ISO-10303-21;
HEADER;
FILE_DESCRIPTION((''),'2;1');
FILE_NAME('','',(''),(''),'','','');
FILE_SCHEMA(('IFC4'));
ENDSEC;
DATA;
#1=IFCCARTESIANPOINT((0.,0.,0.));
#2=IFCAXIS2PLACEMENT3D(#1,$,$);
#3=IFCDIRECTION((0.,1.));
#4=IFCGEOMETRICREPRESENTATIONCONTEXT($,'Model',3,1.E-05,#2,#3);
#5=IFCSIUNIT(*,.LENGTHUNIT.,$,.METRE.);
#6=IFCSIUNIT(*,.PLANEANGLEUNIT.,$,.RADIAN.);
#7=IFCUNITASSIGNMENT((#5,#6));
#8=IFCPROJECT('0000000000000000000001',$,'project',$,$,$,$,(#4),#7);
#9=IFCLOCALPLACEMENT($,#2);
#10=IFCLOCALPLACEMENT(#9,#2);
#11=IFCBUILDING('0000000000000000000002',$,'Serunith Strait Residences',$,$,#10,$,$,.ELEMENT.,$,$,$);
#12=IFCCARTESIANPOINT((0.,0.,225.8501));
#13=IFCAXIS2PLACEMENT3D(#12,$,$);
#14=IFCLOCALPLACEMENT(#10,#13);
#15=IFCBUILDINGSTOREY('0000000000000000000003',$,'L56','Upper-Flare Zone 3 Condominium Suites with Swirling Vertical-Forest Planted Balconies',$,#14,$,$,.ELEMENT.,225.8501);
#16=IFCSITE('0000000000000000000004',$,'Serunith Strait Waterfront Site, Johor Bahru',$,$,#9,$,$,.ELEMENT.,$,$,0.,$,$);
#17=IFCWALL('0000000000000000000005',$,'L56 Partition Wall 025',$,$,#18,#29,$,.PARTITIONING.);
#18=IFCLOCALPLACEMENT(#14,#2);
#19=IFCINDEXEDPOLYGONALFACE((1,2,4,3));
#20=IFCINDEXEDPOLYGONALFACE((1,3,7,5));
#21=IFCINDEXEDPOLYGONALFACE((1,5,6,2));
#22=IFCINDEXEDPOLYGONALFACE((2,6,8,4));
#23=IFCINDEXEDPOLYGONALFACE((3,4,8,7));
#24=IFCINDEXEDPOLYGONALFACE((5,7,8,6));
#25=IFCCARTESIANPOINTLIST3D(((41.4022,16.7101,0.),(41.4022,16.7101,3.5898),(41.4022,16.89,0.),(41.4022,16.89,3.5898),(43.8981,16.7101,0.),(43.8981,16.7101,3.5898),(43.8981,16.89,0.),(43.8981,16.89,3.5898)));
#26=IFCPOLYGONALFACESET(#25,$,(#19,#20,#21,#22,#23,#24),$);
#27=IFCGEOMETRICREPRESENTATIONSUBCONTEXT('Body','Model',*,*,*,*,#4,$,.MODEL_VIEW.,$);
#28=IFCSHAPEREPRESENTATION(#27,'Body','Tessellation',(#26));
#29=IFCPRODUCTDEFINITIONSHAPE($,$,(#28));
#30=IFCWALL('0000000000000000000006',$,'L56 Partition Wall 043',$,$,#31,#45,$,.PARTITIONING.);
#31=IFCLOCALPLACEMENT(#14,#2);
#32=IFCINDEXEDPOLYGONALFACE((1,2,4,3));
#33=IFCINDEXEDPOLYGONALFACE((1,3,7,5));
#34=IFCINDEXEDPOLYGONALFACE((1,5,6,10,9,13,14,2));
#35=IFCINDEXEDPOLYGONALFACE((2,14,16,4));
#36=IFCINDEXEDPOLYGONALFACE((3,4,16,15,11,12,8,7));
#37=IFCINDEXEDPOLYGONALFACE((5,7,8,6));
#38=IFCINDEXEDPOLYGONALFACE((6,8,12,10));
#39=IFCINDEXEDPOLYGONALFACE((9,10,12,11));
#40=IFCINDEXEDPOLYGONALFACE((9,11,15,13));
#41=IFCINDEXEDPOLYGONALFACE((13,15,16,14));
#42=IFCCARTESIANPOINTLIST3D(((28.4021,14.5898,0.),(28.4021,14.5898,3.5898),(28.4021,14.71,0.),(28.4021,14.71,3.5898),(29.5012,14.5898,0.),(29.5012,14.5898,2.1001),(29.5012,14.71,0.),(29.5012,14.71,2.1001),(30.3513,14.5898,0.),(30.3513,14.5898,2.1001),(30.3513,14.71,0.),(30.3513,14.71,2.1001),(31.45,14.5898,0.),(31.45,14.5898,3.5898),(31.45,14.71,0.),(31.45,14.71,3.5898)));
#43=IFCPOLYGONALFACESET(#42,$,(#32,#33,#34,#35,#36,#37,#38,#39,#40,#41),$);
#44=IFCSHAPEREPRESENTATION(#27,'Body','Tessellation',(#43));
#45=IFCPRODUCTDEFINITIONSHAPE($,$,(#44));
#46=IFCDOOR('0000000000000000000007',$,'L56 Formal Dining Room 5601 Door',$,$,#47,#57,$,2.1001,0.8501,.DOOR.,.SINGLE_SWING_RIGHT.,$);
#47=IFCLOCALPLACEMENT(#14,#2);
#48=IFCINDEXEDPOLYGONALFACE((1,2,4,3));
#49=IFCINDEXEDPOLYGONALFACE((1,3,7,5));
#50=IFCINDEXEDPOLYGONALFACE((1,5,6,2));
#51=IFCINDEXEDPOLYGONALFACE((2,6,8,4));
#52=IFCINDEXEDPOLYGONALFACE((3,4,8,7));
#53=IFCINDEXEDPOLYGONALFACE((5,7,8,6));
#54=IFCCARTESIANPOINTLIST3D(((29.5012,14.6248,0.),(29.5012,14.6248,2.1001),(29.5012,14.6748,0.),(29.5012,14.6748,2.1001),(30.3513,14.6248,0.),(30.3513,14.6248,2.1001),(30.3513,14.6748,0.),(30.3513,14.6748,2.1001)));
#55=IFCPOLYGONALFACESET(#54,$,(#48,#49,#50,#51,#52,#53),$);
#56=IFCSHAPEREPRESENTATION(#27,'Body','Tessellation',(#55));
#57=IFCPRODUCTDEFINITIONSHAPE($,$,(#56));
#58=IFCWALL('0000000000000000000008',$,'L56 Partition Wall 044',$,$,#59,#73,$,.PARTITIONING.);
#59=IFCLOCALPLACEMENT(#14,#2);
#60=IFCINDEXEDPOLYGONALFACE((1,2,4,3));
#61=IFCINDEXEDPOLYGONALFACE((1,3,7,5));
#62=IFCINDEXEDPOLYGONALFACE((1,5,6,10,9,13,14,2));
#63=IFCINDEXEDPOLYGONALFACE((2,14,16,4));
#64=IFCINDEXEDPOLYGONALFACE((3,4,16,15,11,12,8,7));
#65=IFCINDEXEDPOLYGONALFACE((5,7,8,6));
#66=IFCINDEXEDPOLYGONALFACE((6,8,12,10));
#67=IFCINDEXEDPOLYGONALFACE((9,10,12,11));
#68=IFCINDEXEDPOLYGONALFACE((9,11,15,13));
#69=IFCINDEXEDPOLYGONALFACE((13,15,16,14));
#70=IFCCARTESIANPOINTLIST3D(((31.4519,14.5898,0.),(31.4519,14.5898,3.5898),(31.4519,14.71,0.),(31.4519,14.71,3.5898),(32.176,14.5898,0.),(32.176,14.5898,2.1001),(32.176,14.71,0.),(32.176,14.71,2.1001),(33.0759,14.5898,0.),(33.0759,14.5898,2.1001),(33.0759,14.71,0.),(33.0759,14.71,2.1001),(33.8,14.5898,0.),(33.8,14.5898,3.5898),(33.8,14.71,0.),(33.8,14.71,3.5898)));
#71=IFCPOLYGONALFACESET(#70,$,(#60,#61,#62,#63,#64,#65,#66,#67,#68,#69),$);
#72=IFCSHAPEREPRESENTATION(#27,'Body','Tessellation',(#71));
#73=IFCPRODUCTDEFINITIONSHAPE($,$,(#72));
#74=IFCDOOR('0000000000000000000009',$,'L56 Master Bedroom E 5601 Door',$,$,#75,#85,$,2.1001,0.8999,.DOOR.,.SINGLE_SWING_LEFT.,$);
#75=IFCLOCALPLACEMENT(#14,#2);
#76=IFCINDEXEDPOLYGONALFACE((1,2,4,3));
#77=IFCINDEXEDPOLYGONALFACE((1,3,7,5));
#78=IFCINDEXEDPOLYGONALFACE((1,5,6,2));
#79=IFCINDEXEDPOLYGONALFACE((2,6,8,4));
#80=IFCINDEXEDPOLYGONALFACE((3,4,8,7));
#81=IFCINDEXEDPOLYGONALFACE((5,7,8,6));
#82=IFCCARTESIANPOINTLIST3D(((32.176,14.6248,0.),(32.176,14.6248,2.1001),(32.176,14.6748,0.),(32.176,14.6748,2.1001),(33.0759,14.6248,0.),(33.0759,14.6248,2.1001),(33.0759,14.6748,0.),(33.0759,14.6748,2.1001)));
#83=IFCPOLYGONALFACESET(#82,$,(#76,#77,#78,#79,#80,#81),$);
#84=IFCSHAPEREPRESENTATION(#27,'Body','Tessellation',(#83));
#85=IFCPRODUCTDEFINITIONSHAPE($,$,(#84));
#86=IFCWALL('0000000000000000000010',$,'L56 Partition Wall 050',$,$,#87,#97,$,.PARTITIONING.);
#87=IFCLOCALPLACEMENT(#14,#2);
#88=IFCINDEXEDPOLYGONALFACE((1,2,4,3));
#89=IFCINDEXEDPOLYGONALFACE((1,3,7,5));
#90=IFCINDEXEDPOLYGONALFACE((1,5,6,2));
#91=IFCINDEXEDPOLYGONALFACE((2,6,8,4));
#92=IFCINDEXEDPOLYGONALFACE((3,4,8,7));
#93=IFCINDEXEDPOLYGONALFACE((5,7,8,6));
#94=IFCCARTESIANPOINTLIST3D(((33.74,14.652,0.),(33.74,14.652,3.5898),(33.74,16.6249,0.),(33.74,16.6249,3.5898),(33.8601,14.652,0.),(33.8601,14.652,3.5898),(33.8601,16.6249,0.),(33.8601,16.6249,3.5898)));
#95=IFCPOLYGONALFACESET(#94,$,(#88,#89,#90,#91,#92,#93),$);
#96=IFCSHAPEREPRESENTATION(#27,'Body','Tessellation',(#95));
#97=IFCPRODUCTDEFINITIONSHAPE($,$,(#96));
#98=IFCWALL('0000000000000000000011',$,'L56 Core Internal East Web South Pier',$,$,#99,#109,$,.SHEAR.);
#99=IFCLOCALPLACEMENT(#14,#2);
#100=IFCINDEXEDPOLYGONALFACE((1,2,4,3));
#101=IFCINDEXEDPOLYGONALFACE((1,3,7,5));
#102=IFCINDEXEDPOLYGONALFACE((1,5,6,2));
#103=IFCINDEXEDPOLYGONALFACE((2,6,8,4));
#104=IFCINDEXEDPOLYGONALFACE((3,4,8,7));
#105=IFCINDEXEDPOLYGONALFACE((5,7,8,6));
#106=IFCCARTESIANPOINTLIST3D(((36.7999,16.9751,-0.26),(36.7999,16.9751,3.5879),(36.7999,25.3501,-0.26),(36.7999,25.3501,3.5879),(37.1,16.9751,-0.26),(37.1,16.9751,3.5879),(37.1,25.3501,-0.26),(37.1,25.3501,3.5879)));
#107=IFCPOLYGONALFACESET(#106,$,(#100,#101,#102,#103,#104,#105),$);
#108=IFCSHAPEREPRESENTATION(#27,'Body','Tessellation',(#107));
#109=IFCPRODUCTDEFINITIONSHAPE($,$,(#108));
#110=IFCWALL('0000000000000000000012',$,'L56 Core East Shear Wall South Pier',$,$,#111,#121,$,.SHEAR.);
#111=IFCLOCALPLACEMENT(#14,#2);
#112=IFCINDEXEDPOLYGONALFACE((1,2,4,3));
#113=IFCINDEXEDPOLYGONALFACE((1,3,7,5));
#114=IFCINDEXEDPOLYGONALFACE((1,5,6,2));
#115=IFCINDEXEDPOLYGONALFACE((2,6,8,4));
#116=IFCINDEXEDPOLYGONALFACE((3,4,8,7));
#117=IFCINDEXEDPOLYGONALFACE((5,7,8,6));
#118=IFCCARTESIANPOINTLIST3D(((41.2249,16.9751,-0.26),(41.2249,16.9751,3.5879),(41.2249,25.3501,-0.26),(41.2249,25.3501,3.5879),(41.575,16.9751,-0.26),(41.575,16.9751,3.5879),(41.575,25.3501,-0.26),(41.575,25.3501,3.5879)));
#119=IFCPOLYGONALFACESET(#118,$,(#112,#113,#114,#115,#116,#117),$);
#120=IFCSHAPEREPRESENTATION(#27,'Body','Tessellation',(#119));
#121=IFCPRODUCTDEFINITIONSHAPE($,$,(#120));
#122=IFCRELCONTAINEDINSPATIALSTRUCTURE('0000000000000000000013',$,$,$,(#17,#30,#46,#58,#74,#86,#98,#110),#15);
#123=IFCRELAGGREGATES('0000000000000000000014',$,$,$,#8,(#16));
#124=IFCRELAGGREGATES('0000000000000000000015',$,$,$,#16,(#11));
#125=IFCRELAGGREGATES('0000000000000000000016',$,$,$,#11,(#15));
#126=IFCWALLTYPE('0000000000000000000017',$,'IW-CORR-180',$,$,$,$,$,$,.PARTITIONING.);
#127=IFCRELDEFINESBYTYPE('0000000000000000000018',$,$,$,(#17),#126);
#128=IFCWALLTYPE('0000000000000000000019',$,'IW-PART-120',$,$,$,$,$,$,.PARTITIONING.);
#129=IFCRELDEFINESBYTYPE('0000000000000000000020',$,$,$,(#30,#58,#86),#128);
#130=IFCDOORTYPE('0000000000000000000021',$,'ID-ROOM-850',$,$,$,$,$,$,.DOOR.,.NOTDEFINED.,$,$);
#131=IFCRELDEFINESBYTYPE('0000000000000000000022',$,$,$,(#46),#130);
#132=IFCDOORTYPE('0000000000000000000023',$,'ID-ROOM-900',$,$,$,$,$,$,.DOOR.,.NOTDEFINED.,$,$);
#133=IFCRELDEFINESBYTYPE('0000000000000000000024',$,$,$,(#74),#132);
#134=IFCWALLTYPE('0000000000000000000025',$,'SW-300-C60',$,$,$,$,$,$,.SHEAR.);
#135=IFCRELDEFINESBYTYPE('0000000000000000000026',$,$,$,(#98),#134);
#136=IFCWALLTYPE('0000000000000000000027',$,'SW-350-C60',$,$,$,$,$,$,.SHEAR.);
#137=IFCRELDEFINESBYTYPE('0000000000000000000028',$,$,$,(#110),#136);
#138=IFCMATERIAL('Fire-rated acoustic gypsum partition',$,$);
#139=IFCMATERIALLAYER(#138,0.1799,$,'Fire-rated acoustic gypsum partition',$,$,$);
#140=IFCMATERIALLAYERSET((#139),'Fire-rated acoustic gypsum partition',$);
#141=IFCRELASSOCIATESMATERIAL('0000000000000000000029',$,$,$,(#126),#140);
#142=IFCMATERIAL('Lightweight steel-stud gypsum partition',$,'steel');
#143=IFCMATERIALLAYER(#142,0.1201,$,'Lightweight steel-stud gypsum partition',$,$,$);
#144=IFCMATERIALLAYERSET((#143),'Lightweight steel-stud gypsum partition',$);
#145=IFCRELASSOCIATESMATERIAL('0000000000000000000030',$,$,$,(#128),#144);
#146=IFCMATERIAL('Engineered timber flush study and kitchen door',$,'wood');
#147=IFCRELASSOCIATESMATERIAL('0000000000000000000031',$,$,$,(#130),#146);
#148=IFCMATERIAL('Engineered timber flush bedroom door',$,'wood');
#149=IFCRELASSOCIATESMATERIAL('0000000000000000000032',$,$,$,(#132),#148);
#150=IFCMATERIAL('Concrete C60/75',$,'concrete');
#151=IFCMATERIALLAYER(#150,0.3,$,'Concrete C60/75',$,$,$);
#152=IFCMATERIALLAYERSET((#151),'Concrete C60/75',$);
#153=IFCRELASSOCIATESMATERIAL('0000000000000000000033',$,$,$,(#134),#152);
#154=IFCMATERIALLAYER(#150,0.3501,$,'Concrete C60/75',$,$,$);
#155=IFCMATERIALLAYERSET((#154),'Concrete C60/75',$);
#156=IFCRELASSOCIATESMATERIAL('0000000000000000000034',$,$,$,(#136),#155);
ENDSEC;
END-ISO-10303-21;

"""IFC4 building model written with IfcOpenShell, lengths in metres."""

from ifc_helpers import new_model, si_unit, direction, frame, frame_2d, origin, place, context, subcontext, project, spatial, rectangle, extrude, source, transform, mapped, material, layer, layer_set, type_object, element, fill, save


model = new_model("IFC4")

# Units and contexts
model_context = context("Model", 3, precision=1e-05, world=origin(), true_north=direction((0.0, 1.0)))
body_context = subcontext(model_context, "Body", "Model", "MODEL_VIEW")
ifc_project = project(units=[si_unit("LENGTHUNIT", "METRE"), si_unit("PLANEANGLEUNIT", "RADIAN")], contexts=[model_context])

# Site, building, storey
site_placement = place(None, origin())
site = spatial("IfcSite", under=ifc_project, at=site_placement, Name="Serunith Strait Waterfront Site, Johor Bahru", CompositionType="ELEMENT", RefElevation=0.0)
building_placement = place(site_placement, origin())
building = spatial("IfcBuilding", under=site, at=building_placement, Name="Serunith Strait Residences", CompositionType="ELEMENT")
storey_placement = place(building_placement, frame((0.0, 0.0, 225.8501)))
storey = spatial("IfcBuildingStorey", under=building, at=storey_placement, Name="L56", Description="Upper-Flare Zone 3 Condominium Suites with Swirling Vertical-Forest Planted Balconies", CompositionType="ELEMENT", Elevation=225.8501)

# Shared definitions
ifc_material_1 = material(Name="Concrete C60/75", Category="concrete")

# Wall
ifc_material_2 = material(Name="Fire-rated acoustic gypsum partition")
ifc_layer_1 = layer(ifc_material_2, 0.1799, Name="Fire-rated acoustic gypsum partition")
ifc_layer_set_1 = layer_set([ifc_layer_1], Name="Fire-rated acoustic gypsum partition")
wall_type_1 = type_object("IfcWallType", Name="IW-CORR-180", PredefinedType="PARTITIONING", material=ifc_layer_set_1)
wall_1_placement = place(storey_placement, frame((41.4021, 16.8, 0.0), z_axis=(0.0, 0.0, 1.0), x_axis=(1.0, 0.0, 0.0)))
element("IfcWall", 1, at=wall_1_placement, inside=storey, type_object=wall_type_1, Name="L56 Partition Wall 025", PredefinedType="PARTITIONING", context=body_context, shape_type="SweptSolid", body=[
    extrude(rectangle(XDim=2.4958, YDim=0.1799, at=frame_2d((1.248, 0.0))), origin(), (0.0, 0.0, 1.0), 3.5898),
])

# Walls, openings, doors
ifc_material_3 = material(Name="Lightweight steel-stud gypsum partition", Category="steel")
ifc_layer_2 = layer(ifc_material_3, 0.1201, Name="Lightweight steel-stud gypsum partition")
ifc_layer_set_2 = layer_set([ifc_layer_2], Name="Lightweight steel-stud gypsum partition")
wall_type_2 = type_object("IfcWallType", Name="IW-PART-120", PredefinedType="PARTITIONING", material=ifc_layer_set_2)
wall_2_placement = place(storey_placement, frame((28.4021, 14.6499, 0.0), z_axis=(0.0, 0.0, 1.0), x_axis=(1.0, 0.0, 0.0)))
wall_2 = element("IfcWall", 2, at=wall_2_placement, inside=storey, type_object=wall_type_2, Name="L56 Partition Wall 043", PredefinedType="PARTITIONING", context=body_context, shape_type="SweptSolid", body=[
    extrude(rectangle(XDim=3.0479, YDim=0.1201, at=frame_2d((1.5239, 0.0))), origin(), (0.0, 0.0, 1.0), 3.5898),
])
opening_1_placement = place(wall_2_placement, frame((1.0991, 0.0, 0.0)))
opening_1 = element("IfcOpeningElement", 3, at=opening_1_placement, cuts=wall_2, PredefinedType="OPENING", context=body_context, shape_type="SweptSolid", body=[
    extrude(rectangle(XDim=0.8501, YDim=2.1001, at=frame_2d((0.425, 1.05))), frame((0.0, 0.0701, 0.0), z_axis=(0.0, -1.0, 0.0), x_axis=(1.0, 0.0, 0.0)), (0.0, 0.0, 1.0), 0.1401),
])
ifc_material_4 = material(Name="Engineered timber flush study and kitchen door", Category="wood")
door_type_1 = type_object("IfcDoorType", Name="ID-ROOM-850", OperationType="NOTDEFINED", PredefinedType="DOOR", material=ifc_material_4)
shared_shape_1 = source(origin(), body_context, "Body", "SweptSolid", [
    extrude(rectangle(XDim=0.8501, YDim=2.1001, at=frame_2d((0.425, 1.05))), frame((0.0, 0.0249, 0.0), z_axis=(0.0, -1.0, 0.0), x_axis=(1.0, 0.0, 0.0)), (0.0, 0.0, 1.0), 0.05),
])
door_1_placement = place(opening_1_placement, origin())
door_1 = element("IfcDoor", 4, at=door_1_placement, inside=storey, type_object=door_type_1, Name="L56 Formal Dining Room 5601 Door", OperationType="SINGLE_SWING_RIGHT", OverallHeight=2.1001, OverallWidth=0.8501, PredefinedType="DOOR", context=body_context, shape_type="MappedRepresentation", body=[
    mapped(shared_shape_1, transform((0.0, 0.0, 0.0), scale=1.0)),
])
fill(opening_1, door_1)
wall_3_placement = place(storey_placement, frame((31.4519, 14.6499, 0.0), z_axis=(0.0, 0.0, 1.0), x_axis=(1.0, 0.0, 0.0)))
wall_3 = element("IfcWall", 5, at=wall_3_placement, inside=storey, type_object=wall_type_2, Name="L56 Partition Wall 044", PredefinedType="PARTITIONING", context=body_context, shape_type="SweptSolid", body=[
    extrude(rectangle(XDim=2.3481, YDim=0.1201, at=frame_2d((1.1741, 0.0))), origin(), (0.0, 0.0, 1.0), 3.5898),
])
opening_2_placement = place(wall_3_placement, frame((0.7241, 0.0, 0.0)))
opening_2 = element("IfcOpeningElement", 6, at=opening_2_placement, cuts=wall_3, PredefinedType="OPENING", context=body_context, shape_type="SweptSolid", body=[
    extrude(rectangle(XDim=0.8999, YDim=2.1001, at=frame_2d((0.45, 1.05))), frame((0.0, 0.0701, 0.0), z_axis=(0.0, -1.0, 0.0), x_axis=(1.0, 0.0, 0.0)), (0.0, 0.0, 1.0), 0.1401),
])
ifc_material_5 = material(Name="Engineered timber flush bedroom door", Category="wood")
door_type_2 = type_object("IfcDoorType", Name="ID-ROOM-900", OperationType="NOTDEFINED", PredefinedType="DOOR", material=ifc_material_5)
shared_shape_2 = source(origin(), body_context, "Body", "SweptSolid", [
    extrude(rectangle(XDim=0.8999, YDim=2.1001, at=frame_2d((0.45, 1.05))), frame((0.0, 0.0249, 0.0), z_axis=(0.0, -1.0, 0.0), x_axis=(1.0, 0.0, 0.0)), (0.0, 0.0, 1.0), 0.05),
])
door_2_placement = place(opening_2_placement, origin())
door_2 = element("IfcDoor", 7, at=door_2_placement, inside=storey, type_object=door_type_2, Name="L56 Master Bedroom E 5601 Door", OperationType="SINGLE_SWING_LEFT", OverallHeight=2.1001, OverallWidth=0.8999, PredefinedType="DOOR", context=body_context, shape_type="MappedRepresentation", body=[
    mapped(shared_shape_2, transform((0.0, 0.0, 0.0), scale=1.0)),
])
fill(opening_2, door_2)

# Walls
wall_4_placement = place(storey_placement, frame((33.8, 14.6521, 0.0), z_axis=(0.0, 0.0, 1.0), x_axis=(0.0, 1.0, 0.0)))
element("IfcWall", 8, at=wall_4_placement, inside=storey, type_object=wall_type_2, Name="L56 Partition Wall 050", PredefinedType="PARTITIONING", context=body_context, shape_type="SweptSolid", body=[
    extrude(rectangle(XDim=1.9729, YDim=0.1201, at=frame_2d((0.9863, 0.0))), origin(), (0.0, 0.0, 1.0), 3.5898),
])
ifc_layer_3 = layer(ifc_material_1, 0.3, Name="Concrete C60/75")
ifc_layer_set_3 = layer_set([ifc_layer_3], Name="Concrete C60/75")
wall_type_3 = type_object("IfcWallType", Name="SW-300-C60", PredefinedType="SHEAR", material=ifc_layer_set_3)
wall_5_placement = place(storey_placement, frame((36.95, 16.9751, -0.26), z_axis=(0.0, 0.0, 1.0), x_axis=(0.0, 1.0, 0.0)))
element("IfcWall", 9, at=wall_5_placement, inside=storey, type_object=wall_type_3, Name="L56 Core Internal East Web South Pier", PredefinedType="SHEAR", context=body_context, shape_type="SweptSolid", body=[
    extrude(rectangle(XDim=8.375, YDim=0.3, at=frame_2d((4.1875, 0.0))), origin(), (0.0, 0.0, 1.0), 3.8479),
])
ifc_layer_4 = layer(ifc_material_1, 0.3501, Name="Concrete C60/75")
ifc_layer_set_4 = layer_set([ifc_layer_4], Name="Concrete C60/75")
wall_type_4 = type_object("IfcWallType", Name="SW-350-C60", PredefinedType="SHEAR", material=ifc_layer_set_4)
wall_6_placement = place(storey_placement, frame((41.3999, 16.9751, -0.26), z_axis=(0.0, 0.0, 1.0), x_axis=(0.0, 1.0, 0.0)))
element("IfcWall", 10, at=wall_6_placement, inside=storey, type_object=wall_type_4, Name="L56 Core East Shear Wall South Pier", PredefinedType="SHEAR", context=body_context, shape_type="SweptSolid", body=[
    extrude(rectangle(XDim=8.375, YDim=0.3501, at=frame_2d((4.1875, 0.0))), origin(), (0.0, 0.0, 1.0), 3.8479),
])

save(model, "model.ifc")
